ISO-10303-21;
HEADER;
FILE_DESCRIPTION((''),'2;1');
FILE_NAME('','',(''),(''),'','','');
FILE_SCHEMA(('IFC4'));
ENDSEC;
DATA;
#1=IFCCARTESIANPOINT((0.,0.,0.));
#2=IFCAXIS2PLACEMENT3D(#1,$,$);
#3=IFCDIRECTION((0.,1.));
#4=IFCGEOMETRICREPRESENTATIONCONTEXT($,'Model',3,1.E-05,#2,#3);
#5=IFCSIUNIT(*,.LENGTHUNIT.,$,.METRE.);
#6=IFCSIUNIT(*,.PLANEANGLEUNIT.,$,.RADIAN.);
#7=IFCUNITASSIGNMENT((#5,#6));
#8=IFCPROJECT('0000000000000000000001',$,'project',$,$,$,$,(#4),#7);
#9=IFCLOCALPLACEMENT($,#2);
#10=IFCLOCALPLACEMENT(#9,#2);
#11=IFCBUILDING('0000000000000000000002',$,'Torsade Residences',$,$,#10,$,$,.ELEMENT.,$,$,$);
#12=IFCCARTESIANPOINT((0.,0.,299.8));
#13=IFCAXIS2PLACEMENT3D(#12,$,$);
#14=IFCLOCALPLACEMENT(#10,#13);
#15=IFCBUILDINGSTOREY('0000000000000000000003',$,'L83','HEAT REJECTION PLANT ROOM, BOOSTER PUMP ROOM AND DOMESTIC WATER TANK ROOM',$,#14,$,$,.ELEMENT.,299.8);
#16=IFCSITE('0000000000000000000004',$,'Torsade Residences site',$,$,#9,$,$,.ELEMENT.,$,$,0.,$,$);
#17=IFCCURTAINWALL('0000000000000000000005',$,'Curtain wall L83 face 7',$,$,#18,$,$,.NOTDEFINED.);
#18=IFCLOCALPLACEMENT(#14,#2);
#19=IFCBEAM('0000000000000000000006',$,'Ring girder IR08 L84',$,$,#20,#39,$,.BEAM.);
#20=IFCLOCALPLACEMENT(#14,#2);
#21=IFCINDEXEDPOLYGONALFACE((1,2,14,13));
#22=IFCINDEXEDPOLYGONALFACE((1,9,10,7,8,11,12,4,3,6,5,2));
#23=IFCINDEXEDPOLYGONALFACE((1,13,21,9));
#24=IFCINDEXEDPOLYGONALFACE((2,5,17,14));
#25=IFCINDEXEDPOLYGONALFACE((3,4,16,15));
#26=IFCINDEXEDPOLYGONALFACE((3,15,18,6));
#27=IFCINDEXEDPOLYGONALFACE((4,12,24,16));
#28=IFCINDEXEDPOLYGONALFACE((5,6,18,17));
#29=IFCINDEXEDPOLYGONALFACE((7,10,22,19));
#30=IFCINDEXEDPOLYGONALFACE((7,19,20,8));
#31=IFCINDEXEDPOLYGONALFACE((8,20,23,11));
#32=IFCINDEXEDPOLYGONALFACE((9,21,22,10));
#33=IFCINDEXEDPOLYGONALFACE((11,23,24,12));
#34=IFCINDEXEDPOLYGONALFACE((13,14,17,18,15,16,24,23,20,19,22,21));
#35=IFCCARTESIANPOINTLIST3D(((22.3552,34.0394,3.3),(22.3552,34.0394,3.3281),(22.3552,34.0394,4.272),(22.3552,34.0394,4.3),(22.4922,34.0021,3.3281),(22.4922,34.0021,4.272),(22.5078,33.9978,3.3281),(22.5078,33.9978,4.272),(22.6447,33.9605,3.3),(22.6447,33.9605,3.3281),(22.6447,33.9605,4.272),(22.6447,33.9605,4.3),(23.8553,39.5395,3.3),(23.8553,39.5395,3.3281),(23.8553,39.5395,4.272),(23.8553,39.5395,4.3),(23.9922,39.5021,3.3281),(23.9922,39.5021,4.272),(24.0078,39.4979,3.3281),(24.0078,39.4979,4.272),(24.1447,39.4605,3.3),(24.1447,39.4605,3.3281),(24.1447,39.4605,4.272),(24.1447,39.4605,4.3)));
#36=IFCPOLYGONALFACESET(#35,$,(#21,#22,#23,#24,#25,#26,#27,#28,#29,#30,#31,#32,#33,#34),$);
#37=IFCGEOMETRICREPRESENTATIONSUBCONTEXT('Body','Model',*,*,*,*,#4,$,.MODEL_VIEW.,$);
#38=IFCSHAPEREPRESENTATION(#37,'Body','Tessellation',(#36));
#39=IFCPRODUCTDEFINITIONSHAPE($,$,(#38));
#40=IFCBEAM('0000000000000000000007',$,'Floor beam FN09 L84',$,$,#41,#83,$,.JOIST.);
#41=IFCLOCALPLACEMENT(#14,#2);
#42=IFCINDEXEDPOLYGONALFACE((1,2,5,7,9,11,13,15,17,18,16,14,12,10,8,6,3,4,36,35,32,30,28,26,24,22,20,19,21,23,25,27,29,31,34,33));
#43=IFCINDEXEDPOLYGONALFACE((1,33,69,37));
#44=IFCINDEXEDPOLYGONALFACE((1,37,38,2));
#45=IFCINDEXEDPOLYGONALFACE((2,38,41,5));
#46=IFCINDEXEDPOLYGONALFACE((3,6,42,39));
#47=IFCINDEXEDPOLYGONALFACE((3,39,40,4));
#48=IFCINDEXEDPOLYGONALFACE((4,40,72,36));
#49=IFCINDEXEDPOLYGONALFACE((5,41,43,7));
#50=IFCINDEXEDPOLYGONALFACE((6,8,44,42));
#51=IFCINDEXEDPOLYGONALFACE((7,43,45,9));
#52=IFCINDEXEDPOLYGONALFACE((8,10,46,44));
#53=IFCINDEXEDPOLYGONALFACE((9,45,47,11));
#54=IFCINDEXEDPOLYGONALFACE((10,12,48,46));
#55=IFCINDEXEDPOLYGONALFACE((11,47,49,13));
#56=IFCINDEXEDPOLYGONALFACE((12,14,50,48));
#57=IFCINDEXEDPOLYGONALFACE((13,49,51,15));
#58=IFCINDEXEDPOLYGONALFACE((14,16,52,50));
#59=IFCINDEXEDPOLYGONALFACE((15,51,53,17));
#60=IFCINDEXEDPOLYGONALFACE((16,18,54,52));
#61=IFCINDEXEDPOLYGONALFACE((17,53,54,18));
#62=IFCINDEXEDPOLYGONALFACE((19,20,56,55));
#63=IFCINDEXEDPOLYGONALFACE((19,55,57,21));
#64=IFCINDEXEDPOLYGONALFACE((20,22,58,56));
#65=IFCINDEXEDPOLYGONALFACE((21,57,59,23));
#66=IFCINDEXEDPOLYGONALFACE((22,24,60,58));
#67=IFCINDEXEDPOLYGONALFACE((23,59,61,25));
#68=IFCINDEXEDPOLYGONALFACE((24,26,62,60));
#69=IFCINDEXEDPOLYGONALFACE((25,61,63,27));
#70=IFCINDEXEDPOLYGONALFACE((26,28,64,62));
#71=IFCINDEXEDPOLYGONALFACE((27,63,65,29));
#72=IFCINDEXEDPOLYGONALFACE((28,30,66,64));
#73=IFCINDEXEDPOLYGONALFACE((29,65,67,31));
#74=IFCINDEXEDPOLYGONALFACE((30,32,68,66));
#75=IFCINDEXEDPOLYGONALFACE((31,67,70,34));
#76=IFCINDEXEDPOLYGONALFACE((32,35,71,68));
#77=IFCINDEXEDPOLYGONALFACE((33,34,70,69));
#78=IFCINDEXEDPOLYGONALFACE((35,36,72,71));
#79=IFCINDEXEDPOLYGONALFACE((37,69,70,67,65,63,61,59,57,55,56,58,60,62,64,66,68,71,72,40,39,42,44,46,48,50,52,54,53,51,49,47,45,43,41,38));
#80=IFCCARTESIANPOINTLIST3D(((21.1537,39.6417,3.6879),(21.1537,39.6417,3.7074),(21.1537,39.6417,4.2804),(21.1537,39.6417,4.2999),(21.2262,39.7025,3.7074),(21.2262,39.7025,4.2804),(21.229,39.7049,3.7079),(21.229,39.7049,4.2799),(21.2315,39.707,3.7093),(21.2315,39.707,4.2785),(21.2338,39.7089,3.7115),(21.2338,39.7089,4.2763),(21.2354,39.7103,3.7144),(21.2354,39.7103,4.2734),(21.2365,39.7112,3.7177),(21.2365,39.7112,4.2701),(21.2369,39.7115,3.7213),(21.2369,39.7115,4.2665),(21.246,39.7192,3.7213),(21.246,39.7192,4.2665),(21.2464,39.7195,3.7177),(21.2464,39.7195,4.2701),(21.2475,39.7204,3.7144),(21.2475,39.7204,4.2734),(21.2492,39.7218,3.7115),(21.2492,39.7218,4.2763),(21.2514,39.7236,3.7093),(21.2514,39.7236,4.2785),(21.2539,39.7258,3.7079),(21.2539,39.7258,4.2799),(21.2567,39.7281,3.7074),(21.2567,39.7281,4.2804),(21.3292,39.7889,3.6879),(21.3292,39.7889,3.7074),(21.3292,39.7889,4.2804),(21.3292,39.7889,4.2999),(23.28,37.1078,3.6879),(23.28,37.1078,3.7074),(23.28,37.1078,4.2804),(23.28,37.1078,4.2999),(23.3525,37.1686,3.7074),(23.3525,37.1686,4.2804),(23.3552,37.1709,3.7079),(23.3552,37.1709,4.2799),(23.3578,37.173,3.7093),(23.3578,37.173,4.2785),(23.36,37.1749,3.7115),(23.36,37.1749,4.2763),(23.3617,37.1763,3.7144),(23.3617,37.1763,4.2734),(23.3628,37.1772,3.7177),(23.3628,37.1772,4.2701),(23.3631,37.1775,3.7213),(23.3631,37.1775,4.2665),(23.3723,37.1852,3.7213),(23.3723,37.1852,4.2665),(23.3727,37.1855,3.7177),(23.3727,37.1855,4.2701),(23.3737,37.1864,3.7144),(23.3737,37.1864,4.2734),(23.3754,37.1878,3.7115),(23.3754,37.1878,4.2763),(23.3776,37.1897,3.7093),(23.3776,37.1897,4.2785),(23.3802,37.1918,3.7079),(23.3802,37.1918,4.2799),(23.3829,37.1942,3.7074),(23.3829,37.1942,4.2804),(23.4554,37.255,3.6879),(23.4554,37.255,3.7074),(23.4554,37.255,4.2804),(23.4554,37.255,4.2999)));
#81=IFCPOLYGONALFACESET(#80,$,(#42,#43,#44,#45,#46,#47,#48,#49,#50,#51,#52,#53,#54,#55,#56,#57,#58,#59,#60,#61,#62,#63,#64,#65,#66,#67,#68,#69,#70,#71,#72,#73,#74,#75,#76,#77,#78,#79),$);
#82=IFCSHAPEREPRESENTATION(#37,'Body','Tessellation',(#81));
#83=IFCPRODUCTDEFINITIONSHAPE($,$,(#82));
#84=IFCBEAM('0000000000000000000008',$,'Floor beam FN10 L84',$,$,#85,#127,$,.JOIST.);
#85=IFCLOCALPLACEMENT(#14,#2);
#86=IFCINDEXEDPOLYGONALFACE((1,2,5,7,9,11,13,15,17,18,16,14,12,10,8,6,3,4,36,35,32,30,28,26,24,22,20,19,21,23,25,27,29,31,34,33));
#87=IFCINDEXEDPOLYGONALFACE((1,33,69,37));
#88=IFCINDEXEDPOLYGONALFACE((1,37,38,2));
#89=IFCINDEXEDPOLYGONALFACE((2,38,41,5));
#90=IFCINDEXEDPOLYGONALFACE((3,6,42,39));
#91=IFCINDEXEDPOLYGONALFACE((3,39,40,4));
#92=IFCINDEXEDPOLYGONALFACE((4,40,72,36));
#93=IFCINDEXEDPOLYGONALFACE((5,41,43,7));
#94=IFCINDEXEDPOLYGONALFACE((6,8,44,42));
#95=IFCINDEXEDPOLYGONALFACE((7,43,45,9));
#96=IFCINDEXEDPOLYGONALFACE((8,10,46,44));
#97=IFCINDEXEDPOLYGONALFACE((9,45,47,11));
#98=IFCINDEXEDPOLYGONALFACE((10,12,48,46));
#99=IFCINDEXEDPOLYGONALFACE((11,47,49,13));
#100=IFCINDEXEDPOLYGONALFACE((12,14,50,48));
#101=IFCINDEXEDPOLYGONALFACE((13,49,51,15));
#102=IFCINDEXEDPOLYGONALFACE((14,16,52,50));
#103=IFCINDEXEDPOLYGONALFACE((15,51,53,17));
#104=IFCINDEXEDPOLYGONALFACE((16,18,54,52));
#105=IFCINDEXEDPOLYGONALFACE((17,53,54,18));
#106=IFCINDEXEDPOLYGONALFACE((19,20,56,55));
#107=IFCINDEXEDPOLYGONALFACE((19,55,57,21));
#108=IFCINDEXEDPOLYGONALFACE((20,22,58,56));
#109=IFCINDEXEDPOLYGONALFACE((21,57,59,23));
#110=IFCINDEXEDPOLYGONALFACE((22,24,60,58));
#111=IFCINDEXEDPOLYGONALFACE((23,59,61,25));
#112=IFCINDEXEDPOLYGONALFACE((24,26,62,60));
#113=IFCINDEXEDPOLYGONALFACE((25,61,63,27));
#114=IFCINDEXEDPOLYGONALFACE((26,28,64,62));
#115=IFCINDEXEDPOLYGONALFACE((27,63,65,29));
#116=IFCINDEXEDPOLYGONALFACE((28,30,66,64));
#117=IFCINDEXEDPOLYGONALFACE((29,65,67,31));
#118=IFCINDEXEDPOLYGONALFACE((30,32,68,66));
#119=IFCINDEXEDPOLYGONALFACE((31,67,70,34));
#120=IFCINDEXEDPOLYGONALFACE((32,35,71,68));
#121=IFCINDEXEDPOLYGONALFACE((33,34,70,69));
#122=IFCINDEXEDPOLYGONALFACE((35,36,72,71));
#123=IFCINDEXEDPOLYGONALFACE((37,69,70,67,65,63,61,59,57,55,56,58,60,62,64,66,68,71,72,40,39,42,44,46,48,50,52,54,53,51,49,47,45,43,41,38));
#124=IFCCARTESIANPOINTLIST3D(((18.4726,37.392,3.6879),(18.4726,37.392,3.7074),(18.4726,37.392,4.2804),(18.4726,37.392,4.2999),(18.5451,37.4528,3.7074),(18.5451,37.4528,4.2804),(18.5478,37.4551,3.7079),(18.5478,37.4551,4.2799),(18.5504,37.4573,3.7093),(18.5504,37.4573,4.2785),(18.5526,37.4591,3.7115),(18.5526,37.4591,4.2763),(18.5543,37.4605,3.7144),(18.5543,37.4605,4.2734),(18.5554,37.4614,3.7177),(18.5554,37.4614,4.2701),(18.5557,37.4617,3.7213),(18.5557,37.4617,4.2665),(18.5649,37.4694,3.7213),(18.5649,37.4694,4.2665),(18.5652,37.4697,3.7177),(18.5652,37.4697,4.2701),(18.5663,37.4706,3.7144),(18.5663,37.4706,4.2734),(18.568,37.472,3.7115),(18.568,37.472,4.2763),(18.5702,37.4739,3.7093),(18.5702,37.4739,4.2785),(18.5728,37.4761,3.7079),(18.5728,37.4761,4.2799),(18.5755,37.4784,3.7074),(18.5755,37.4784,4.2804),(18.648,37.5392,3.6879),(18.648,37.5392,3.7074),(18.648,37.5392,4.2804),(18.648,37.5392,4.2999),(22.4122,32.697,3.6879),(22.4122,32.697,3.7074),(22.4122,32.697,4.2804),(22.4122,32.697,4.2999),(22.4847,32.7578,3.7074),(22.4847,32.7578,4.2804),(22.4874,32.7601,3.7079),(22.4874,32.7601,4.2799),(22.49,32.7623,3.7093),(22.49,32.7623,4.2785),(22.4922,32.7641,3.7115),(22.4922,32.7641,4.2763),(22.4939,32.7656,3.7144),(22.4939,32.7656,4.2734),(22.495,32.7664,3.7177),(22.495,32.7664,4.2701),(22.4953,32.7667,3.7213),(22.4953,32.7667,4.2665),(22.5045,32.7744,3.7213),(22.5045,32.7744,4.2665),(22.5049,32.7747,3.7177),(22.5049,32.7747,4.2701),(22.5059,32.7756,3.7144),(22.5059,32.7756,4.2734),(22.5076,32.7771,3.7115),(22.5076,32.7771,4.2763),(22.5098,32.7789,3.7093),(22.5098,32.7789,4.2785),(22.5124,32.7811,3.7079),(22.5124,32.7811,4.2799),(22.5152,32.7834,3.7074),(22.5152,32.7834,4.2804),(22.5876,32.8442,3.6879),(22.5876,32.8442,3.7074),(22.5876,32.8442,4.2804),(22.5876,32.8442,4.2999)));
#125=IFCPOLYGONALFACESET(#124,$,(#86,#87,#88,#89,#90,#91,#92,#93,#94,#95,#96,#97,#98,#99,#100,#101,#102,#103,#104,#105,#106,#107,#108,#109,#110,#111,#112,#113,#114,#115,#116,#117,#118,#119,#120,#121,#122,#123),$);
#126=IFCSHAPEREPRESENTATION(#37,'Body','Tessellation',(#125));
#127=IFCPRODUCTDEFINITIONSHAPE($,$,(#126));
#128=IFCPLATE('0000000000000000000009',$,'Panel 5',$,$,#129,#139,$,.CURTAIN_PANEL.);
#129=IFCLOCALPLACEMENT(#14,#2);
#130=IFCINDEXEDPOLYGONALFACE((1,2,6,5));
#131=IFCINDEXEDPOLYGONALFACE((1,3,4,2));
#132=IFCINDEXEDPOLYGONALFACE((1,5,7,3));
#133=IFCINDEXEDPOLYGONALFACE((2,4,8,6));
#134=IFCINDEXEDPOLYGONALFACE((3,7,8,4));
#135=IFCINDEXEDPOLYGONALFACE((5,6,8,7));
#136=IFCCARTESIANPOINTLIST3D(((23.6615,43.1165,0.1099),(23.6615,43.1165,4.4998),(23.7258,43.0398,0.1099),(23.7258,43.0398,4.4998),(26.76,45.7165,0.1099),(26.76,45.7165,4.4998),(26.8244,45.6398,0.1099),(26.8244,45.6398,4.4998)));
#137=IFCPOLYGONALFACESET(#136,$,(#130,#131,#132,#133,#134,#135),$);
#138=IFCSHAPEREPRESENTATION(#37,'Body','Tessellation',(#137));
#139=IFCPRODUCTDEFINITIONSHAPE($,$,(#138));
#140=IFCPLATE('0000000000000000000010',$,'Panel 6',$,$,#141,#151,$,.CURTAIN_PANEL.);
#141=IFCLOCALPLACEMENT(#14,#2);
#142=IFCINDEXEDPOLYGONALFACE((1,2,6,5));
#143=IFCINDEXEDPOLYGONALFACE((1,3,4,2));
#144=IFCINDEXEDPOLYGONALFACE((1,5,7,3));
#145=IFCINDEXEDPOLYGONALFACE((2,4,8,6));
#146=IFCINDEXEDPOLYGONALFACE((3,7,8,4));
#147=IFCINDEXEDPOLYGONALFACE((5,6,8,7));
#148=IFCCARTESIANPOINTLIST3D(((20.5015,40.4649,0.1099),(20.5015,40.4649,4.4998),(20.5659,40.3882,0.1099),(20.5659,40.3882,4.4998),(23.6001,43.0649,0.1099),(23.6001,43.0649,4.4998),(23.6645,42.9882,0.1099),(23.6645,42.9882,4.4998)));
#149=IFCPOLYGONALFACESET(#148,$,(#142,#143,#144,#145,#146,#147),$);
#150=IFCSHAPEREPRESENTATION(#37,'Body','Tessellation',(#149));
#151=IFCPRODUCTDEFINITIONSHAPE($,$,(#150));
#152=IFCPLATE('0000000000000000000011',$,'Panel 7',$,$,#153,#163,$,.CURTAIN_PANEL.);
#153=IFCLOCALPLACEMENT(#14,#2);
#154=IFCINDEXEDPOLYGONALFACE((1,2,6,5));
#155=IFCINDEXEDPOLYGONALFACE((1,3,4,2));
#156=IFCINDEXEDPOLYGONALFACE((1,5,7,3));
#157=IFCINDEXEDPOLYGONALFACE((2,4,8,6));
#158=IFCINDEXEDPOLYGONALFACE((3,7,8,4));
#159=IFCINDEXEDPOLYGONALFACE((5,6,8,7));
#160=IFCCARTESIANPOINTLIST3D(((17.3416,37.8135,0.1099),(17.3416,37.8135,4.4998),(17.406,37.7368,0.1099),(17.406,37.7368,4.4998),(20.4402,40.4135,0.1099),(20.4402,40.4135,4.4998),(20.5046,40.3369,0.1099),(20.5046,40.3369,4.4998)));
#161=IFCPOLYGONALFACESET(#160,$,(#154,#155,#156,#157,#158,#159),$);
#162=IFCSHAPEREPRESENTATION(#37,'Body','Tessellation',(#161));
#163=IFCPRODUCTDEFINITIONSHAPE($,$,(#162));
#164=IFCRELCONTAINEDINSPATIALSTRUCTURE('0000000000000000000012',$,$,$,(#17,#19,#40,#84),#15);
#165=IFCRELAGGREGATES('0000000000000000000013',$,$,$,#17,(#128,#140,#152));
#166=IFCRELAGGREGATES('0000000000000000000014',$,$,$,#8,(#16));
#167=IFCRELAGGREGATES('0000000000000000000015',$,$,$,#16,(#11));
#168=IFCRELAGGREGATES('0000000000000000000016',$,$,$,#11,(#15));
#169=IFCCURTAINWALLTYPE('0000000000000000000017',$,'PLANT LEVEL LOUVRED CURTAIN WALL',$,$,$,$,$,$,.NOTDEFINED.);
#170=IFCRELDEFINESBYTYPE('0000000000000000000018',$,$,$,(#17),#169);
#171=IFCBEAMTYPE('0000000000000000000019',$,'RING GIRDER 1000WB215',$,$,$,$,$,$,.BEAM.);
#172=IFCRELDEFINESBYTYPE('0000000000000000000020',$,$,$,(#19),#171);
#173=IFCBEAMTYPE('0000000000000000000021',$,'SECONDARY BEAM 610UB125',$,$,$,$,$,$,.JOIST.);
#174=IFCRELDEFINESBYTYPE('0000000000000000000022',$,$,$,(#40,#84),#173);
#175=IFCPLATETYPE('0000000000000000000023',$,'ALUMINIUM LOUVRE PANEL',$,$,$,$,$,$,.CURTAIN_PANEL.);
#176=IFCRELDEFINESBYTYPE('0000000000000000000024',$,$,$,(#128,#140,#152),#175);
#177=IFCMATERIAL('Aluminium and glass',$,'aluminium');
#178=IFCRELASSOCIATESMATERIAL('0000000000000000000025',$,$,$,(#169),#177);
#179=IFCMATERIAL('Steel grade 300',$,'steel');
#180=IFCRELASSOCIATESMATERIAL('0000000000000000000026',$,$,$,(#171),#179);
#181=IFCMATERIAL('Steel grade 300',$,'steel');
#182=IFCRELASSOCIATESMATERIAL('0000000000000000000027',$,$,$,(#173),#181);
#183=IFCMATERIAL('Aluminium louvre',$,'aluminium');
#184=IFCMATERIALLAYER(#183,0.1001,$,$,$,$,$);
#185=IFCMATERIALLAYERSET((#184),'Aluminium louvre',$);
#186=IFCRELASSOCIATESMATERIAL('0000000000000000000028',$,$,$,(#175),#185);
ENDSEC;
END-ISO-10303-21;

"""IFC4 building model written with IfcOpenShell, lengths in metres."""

from ifc_helpers import new_model, si_unit, direction, frame, origin, origin_2d, place, context, subcontext, project, spatial, rectangle, i_section, extrude, material, layer, layer_set, material_profile, profile_set, type_object, element, aggregate, save


model = new_model("IFC4")

# Units and contexts
model_context = context("Model", 3, precision=1e-05, world=origin(), true_north=direction((0.0, 1.0)))
body_context = subcontext(model_context, "Body", "Model", "MODEL_VIEW")
ifc_project = project(units=[si_unit("LENGTHUNIT", "METRE"), si_unit("PLANEANGLEUNIT", "RADIAN")], contexts=[model_context])

# Site, building, storey
site_placement = place(None, origin())
site = spatial("IfcSite", under=ifc_project, at=site_placement, Name="Torsade Residences site", CompositionType="ELEMENT", RefElevation=0.0)
building_placement = place(site_placement, origin())
building = spatial("IfcBuilding", under=site, at=building_placement, Name="Torsade Residences", CompositionType="ELEMENT")
storey_placement = place(building_placement, frame((0.0, 0.0, 299.8)))
storey = spatial("IfcBuildingStorey", under=building, at=storey_placement, Name="L83", Description="HEAT REJECTION PLANT ROOM, BOOSTER PUMP ROOM AND DOMESTIC WATER TANK ROOM", CompositionType="ELEMENT", Elevation=299.8)

# Curtain wall
ifc_material_1 = material(Name="Aluminium and glass", Category="aluminium")
curtain_wall_type = type_object("IfcCurtainWallType", Name="PLANT LEVEL LOUVRED CURTAIN WALL", PredefinedType="NOTDEFINED", material=ifc_material_1)
curtain_wall_placement = place(storey_placement, origin())
curtain_wall = element("IfcCurtainWall", 1, at=curtain_wall_placement, inside=storey, type_object=curtain_wall_type, Name="Curtain wall L83 face 7", PredefinedType="NOTDEFINED")

# Beams
ifc_material_2 = material(Name="Steel grade 300", Category="steel")
ifc_material_profile_1 = material_profile(ifc_material_2, i_section(OverallWidth=0.3, OverallDepth=1.0, WebThickness=0.0161, FlangeThickness=0.0281, at=origin_2d()), Name="1000WB215")
ifc_profile_set_1 = profile_set([ifc_material_profile_1], Name="Steel grade 300")
beam_type_1 = type_object("IfcBeamType", Name="RING GIRDER 1000WB215", PredefinedType="BEAM", material=ifc_profile_set_1)
beam_1_placement = place(storey_placement, frame((24.0, 39.5, 3.8), z_axis=(-0.263117, -0.964764, 0.0), x_axis=(0.964764, -0.263117, 0.0)))
element("IfcBeam", 2, at=beam_1_placement, inside=storey, type_object=beam_type_1, Name="Ring girder IR08 L84", PredefinedType="BEAM", context=body_context, shape_type="SweptSolid", body=[
    extrude(i_section(OverallWidth=0.3, OverallDepth=1.0, WebThickness=0.0161, FlangeThickness=0.0281, at=origin_2d()), origin(), (0.0, 0.0, 1.0), 5.7009),
])
ifc_material_3 = material(Name="Steel grade 300", Category="steel")
ifc_material_profile_2 = material_profile(ifc_material_3, i_section(OverallWidth=0.229, OverallDepth=0.6121, WebThickness=0.012, FlangeThickness=0.0195, FilletRadius=0.0139, at=origin_2d()), Name="610UB125")
ifc_profile_set_2 = profile_set([ifc_material_profile_2], Name="Steel grade 300")
beam_type_2 = type_object("IfcBeamType", Name="SECONDARY BEAM 610UB125", PredefinedType="JOIST", material=ifc_profile_set_2)
beam_2_placement = place(storey_placement, frame((21.2415, 39.7153, 3.9939), z_axis=(0.642787, -0.766045, 0.0), x_axis=(0.766045, 0.642787, 0.0)))
element("IfcBeam", 3, at=beam_2_placement, inside=storey, type_object=beam_type_2, Name="Floor beam FN09 L84", PredefinedType="JOIST", context=body_context, shape_type="SweptSolid", body=[
    extrude(i_section(OverallWidth=0.229, OverallDepth=0.6121, WebThickness=0.012, FlangeThickness=0.0195, FilletRadius=0.0139, at=origin_2d()), origin(), (0.0, 0.0, 1.0), 3.3079),
])
beam_3_placement = place(storey_placement, frame((18.5603, 37.4656, 3.9939), z_axis=(0.642794, -0.766039, 0.0), x_axis=(0.766039, 0.642794, 0.0)))
element("IfcBeam", 4, at=beam_3_placement, inside=storey, type_object=beam_type_2, Name="Floor beam FN10 L84", PredefinedType="JOIST", context=body_context, shape_type="SweptSolid", body=[
    extrude(i_section(OverallWidth=0.229, OverallDepth=0.6121, WebThickness=0.012, FlangeThickness=0.0195, FilletRadius=0.0139, at=origin_2d()), origin(), (0.0, 0.0, 1.0), 6.1289),
])

# Plates
ifc_material_4 = material(Name="Aluminium louvre", Category="aluminium")
ifc_layer_1 = layer(ifc_material_4, 0.1001)
ifc_layer_set_1 = layer_set([ifc_layer_1], Name="Aluminium louvre")
plate_type = type_object("IfcPlateType", Name="ALUMINIUM LOUVRE PANEL", PredefinedType="CURTAIN_PANEL", material=ifc_layer_set_1)
plate_1_placement = place(storey_placement, frame((25.2429, 44.3782, 0.1099), z_axis=(0.0, 0.0, 1.0), x_axis=(-0.766044, -0.642788, 0.0)))
plate_1 = element("IfcPlate", 5, at=plate_1_placement, type_object=plate_type, Name="Panel 5", PredefinedType="CURTAIN_PANEL", context=body_context, shape_type="SweptSolid", body=[
    extrude(rectangle(XDim=4.0449, YDim=0.1001, at=origin_2d()), origin(), (0.0, 0.0, 1.0), 4.3899),
])
plate_2_placement = place(storey_placement, frame((22.083, 41.7266, 0.1099), z_axis=(0.0, 0.0, 1.0), x_axis=(-0.766044, -0.642788, 0.0)))
plate_2 = element("IfcPlate", 6, at=plate_2_placement, type_object=plate_type, Name="Panel 6", PredefinedType="CURTAIN_PANEL", context=body_context, shape_type="SweptSolid", body=[
    extrude(rectangle(XDim=4.0449, YDim=0.1001, at=origin_2d()), origin(), (0.0, 0.0, 1.0), 4.3899),
])
plate_3_placement = place(storey_placement, frame((18.9231, 39.0752, 0.1099), z_axis=(0.0, 0.0, 1.0), x_axis=(-0.766044, -0.642788, 0.0)))
plate_3 = element("IfcPlate", 7, at=plate_3_placement, type_object=plate_type, Name="Panel 7", PredefinedType="CURTAIN_PANEL", context=body_context, shape_type="SweptSolid", body=[
    extrude(rectangle(XDim=4.0449, YDim=0.1001, at=origin_2d()), origin(), (0.0, 0.0, 1.0), 4.3899),
])
aggregate(curtain_wall, [plate_1, plate_2, plate_3])

save(model, "model.ifc")
